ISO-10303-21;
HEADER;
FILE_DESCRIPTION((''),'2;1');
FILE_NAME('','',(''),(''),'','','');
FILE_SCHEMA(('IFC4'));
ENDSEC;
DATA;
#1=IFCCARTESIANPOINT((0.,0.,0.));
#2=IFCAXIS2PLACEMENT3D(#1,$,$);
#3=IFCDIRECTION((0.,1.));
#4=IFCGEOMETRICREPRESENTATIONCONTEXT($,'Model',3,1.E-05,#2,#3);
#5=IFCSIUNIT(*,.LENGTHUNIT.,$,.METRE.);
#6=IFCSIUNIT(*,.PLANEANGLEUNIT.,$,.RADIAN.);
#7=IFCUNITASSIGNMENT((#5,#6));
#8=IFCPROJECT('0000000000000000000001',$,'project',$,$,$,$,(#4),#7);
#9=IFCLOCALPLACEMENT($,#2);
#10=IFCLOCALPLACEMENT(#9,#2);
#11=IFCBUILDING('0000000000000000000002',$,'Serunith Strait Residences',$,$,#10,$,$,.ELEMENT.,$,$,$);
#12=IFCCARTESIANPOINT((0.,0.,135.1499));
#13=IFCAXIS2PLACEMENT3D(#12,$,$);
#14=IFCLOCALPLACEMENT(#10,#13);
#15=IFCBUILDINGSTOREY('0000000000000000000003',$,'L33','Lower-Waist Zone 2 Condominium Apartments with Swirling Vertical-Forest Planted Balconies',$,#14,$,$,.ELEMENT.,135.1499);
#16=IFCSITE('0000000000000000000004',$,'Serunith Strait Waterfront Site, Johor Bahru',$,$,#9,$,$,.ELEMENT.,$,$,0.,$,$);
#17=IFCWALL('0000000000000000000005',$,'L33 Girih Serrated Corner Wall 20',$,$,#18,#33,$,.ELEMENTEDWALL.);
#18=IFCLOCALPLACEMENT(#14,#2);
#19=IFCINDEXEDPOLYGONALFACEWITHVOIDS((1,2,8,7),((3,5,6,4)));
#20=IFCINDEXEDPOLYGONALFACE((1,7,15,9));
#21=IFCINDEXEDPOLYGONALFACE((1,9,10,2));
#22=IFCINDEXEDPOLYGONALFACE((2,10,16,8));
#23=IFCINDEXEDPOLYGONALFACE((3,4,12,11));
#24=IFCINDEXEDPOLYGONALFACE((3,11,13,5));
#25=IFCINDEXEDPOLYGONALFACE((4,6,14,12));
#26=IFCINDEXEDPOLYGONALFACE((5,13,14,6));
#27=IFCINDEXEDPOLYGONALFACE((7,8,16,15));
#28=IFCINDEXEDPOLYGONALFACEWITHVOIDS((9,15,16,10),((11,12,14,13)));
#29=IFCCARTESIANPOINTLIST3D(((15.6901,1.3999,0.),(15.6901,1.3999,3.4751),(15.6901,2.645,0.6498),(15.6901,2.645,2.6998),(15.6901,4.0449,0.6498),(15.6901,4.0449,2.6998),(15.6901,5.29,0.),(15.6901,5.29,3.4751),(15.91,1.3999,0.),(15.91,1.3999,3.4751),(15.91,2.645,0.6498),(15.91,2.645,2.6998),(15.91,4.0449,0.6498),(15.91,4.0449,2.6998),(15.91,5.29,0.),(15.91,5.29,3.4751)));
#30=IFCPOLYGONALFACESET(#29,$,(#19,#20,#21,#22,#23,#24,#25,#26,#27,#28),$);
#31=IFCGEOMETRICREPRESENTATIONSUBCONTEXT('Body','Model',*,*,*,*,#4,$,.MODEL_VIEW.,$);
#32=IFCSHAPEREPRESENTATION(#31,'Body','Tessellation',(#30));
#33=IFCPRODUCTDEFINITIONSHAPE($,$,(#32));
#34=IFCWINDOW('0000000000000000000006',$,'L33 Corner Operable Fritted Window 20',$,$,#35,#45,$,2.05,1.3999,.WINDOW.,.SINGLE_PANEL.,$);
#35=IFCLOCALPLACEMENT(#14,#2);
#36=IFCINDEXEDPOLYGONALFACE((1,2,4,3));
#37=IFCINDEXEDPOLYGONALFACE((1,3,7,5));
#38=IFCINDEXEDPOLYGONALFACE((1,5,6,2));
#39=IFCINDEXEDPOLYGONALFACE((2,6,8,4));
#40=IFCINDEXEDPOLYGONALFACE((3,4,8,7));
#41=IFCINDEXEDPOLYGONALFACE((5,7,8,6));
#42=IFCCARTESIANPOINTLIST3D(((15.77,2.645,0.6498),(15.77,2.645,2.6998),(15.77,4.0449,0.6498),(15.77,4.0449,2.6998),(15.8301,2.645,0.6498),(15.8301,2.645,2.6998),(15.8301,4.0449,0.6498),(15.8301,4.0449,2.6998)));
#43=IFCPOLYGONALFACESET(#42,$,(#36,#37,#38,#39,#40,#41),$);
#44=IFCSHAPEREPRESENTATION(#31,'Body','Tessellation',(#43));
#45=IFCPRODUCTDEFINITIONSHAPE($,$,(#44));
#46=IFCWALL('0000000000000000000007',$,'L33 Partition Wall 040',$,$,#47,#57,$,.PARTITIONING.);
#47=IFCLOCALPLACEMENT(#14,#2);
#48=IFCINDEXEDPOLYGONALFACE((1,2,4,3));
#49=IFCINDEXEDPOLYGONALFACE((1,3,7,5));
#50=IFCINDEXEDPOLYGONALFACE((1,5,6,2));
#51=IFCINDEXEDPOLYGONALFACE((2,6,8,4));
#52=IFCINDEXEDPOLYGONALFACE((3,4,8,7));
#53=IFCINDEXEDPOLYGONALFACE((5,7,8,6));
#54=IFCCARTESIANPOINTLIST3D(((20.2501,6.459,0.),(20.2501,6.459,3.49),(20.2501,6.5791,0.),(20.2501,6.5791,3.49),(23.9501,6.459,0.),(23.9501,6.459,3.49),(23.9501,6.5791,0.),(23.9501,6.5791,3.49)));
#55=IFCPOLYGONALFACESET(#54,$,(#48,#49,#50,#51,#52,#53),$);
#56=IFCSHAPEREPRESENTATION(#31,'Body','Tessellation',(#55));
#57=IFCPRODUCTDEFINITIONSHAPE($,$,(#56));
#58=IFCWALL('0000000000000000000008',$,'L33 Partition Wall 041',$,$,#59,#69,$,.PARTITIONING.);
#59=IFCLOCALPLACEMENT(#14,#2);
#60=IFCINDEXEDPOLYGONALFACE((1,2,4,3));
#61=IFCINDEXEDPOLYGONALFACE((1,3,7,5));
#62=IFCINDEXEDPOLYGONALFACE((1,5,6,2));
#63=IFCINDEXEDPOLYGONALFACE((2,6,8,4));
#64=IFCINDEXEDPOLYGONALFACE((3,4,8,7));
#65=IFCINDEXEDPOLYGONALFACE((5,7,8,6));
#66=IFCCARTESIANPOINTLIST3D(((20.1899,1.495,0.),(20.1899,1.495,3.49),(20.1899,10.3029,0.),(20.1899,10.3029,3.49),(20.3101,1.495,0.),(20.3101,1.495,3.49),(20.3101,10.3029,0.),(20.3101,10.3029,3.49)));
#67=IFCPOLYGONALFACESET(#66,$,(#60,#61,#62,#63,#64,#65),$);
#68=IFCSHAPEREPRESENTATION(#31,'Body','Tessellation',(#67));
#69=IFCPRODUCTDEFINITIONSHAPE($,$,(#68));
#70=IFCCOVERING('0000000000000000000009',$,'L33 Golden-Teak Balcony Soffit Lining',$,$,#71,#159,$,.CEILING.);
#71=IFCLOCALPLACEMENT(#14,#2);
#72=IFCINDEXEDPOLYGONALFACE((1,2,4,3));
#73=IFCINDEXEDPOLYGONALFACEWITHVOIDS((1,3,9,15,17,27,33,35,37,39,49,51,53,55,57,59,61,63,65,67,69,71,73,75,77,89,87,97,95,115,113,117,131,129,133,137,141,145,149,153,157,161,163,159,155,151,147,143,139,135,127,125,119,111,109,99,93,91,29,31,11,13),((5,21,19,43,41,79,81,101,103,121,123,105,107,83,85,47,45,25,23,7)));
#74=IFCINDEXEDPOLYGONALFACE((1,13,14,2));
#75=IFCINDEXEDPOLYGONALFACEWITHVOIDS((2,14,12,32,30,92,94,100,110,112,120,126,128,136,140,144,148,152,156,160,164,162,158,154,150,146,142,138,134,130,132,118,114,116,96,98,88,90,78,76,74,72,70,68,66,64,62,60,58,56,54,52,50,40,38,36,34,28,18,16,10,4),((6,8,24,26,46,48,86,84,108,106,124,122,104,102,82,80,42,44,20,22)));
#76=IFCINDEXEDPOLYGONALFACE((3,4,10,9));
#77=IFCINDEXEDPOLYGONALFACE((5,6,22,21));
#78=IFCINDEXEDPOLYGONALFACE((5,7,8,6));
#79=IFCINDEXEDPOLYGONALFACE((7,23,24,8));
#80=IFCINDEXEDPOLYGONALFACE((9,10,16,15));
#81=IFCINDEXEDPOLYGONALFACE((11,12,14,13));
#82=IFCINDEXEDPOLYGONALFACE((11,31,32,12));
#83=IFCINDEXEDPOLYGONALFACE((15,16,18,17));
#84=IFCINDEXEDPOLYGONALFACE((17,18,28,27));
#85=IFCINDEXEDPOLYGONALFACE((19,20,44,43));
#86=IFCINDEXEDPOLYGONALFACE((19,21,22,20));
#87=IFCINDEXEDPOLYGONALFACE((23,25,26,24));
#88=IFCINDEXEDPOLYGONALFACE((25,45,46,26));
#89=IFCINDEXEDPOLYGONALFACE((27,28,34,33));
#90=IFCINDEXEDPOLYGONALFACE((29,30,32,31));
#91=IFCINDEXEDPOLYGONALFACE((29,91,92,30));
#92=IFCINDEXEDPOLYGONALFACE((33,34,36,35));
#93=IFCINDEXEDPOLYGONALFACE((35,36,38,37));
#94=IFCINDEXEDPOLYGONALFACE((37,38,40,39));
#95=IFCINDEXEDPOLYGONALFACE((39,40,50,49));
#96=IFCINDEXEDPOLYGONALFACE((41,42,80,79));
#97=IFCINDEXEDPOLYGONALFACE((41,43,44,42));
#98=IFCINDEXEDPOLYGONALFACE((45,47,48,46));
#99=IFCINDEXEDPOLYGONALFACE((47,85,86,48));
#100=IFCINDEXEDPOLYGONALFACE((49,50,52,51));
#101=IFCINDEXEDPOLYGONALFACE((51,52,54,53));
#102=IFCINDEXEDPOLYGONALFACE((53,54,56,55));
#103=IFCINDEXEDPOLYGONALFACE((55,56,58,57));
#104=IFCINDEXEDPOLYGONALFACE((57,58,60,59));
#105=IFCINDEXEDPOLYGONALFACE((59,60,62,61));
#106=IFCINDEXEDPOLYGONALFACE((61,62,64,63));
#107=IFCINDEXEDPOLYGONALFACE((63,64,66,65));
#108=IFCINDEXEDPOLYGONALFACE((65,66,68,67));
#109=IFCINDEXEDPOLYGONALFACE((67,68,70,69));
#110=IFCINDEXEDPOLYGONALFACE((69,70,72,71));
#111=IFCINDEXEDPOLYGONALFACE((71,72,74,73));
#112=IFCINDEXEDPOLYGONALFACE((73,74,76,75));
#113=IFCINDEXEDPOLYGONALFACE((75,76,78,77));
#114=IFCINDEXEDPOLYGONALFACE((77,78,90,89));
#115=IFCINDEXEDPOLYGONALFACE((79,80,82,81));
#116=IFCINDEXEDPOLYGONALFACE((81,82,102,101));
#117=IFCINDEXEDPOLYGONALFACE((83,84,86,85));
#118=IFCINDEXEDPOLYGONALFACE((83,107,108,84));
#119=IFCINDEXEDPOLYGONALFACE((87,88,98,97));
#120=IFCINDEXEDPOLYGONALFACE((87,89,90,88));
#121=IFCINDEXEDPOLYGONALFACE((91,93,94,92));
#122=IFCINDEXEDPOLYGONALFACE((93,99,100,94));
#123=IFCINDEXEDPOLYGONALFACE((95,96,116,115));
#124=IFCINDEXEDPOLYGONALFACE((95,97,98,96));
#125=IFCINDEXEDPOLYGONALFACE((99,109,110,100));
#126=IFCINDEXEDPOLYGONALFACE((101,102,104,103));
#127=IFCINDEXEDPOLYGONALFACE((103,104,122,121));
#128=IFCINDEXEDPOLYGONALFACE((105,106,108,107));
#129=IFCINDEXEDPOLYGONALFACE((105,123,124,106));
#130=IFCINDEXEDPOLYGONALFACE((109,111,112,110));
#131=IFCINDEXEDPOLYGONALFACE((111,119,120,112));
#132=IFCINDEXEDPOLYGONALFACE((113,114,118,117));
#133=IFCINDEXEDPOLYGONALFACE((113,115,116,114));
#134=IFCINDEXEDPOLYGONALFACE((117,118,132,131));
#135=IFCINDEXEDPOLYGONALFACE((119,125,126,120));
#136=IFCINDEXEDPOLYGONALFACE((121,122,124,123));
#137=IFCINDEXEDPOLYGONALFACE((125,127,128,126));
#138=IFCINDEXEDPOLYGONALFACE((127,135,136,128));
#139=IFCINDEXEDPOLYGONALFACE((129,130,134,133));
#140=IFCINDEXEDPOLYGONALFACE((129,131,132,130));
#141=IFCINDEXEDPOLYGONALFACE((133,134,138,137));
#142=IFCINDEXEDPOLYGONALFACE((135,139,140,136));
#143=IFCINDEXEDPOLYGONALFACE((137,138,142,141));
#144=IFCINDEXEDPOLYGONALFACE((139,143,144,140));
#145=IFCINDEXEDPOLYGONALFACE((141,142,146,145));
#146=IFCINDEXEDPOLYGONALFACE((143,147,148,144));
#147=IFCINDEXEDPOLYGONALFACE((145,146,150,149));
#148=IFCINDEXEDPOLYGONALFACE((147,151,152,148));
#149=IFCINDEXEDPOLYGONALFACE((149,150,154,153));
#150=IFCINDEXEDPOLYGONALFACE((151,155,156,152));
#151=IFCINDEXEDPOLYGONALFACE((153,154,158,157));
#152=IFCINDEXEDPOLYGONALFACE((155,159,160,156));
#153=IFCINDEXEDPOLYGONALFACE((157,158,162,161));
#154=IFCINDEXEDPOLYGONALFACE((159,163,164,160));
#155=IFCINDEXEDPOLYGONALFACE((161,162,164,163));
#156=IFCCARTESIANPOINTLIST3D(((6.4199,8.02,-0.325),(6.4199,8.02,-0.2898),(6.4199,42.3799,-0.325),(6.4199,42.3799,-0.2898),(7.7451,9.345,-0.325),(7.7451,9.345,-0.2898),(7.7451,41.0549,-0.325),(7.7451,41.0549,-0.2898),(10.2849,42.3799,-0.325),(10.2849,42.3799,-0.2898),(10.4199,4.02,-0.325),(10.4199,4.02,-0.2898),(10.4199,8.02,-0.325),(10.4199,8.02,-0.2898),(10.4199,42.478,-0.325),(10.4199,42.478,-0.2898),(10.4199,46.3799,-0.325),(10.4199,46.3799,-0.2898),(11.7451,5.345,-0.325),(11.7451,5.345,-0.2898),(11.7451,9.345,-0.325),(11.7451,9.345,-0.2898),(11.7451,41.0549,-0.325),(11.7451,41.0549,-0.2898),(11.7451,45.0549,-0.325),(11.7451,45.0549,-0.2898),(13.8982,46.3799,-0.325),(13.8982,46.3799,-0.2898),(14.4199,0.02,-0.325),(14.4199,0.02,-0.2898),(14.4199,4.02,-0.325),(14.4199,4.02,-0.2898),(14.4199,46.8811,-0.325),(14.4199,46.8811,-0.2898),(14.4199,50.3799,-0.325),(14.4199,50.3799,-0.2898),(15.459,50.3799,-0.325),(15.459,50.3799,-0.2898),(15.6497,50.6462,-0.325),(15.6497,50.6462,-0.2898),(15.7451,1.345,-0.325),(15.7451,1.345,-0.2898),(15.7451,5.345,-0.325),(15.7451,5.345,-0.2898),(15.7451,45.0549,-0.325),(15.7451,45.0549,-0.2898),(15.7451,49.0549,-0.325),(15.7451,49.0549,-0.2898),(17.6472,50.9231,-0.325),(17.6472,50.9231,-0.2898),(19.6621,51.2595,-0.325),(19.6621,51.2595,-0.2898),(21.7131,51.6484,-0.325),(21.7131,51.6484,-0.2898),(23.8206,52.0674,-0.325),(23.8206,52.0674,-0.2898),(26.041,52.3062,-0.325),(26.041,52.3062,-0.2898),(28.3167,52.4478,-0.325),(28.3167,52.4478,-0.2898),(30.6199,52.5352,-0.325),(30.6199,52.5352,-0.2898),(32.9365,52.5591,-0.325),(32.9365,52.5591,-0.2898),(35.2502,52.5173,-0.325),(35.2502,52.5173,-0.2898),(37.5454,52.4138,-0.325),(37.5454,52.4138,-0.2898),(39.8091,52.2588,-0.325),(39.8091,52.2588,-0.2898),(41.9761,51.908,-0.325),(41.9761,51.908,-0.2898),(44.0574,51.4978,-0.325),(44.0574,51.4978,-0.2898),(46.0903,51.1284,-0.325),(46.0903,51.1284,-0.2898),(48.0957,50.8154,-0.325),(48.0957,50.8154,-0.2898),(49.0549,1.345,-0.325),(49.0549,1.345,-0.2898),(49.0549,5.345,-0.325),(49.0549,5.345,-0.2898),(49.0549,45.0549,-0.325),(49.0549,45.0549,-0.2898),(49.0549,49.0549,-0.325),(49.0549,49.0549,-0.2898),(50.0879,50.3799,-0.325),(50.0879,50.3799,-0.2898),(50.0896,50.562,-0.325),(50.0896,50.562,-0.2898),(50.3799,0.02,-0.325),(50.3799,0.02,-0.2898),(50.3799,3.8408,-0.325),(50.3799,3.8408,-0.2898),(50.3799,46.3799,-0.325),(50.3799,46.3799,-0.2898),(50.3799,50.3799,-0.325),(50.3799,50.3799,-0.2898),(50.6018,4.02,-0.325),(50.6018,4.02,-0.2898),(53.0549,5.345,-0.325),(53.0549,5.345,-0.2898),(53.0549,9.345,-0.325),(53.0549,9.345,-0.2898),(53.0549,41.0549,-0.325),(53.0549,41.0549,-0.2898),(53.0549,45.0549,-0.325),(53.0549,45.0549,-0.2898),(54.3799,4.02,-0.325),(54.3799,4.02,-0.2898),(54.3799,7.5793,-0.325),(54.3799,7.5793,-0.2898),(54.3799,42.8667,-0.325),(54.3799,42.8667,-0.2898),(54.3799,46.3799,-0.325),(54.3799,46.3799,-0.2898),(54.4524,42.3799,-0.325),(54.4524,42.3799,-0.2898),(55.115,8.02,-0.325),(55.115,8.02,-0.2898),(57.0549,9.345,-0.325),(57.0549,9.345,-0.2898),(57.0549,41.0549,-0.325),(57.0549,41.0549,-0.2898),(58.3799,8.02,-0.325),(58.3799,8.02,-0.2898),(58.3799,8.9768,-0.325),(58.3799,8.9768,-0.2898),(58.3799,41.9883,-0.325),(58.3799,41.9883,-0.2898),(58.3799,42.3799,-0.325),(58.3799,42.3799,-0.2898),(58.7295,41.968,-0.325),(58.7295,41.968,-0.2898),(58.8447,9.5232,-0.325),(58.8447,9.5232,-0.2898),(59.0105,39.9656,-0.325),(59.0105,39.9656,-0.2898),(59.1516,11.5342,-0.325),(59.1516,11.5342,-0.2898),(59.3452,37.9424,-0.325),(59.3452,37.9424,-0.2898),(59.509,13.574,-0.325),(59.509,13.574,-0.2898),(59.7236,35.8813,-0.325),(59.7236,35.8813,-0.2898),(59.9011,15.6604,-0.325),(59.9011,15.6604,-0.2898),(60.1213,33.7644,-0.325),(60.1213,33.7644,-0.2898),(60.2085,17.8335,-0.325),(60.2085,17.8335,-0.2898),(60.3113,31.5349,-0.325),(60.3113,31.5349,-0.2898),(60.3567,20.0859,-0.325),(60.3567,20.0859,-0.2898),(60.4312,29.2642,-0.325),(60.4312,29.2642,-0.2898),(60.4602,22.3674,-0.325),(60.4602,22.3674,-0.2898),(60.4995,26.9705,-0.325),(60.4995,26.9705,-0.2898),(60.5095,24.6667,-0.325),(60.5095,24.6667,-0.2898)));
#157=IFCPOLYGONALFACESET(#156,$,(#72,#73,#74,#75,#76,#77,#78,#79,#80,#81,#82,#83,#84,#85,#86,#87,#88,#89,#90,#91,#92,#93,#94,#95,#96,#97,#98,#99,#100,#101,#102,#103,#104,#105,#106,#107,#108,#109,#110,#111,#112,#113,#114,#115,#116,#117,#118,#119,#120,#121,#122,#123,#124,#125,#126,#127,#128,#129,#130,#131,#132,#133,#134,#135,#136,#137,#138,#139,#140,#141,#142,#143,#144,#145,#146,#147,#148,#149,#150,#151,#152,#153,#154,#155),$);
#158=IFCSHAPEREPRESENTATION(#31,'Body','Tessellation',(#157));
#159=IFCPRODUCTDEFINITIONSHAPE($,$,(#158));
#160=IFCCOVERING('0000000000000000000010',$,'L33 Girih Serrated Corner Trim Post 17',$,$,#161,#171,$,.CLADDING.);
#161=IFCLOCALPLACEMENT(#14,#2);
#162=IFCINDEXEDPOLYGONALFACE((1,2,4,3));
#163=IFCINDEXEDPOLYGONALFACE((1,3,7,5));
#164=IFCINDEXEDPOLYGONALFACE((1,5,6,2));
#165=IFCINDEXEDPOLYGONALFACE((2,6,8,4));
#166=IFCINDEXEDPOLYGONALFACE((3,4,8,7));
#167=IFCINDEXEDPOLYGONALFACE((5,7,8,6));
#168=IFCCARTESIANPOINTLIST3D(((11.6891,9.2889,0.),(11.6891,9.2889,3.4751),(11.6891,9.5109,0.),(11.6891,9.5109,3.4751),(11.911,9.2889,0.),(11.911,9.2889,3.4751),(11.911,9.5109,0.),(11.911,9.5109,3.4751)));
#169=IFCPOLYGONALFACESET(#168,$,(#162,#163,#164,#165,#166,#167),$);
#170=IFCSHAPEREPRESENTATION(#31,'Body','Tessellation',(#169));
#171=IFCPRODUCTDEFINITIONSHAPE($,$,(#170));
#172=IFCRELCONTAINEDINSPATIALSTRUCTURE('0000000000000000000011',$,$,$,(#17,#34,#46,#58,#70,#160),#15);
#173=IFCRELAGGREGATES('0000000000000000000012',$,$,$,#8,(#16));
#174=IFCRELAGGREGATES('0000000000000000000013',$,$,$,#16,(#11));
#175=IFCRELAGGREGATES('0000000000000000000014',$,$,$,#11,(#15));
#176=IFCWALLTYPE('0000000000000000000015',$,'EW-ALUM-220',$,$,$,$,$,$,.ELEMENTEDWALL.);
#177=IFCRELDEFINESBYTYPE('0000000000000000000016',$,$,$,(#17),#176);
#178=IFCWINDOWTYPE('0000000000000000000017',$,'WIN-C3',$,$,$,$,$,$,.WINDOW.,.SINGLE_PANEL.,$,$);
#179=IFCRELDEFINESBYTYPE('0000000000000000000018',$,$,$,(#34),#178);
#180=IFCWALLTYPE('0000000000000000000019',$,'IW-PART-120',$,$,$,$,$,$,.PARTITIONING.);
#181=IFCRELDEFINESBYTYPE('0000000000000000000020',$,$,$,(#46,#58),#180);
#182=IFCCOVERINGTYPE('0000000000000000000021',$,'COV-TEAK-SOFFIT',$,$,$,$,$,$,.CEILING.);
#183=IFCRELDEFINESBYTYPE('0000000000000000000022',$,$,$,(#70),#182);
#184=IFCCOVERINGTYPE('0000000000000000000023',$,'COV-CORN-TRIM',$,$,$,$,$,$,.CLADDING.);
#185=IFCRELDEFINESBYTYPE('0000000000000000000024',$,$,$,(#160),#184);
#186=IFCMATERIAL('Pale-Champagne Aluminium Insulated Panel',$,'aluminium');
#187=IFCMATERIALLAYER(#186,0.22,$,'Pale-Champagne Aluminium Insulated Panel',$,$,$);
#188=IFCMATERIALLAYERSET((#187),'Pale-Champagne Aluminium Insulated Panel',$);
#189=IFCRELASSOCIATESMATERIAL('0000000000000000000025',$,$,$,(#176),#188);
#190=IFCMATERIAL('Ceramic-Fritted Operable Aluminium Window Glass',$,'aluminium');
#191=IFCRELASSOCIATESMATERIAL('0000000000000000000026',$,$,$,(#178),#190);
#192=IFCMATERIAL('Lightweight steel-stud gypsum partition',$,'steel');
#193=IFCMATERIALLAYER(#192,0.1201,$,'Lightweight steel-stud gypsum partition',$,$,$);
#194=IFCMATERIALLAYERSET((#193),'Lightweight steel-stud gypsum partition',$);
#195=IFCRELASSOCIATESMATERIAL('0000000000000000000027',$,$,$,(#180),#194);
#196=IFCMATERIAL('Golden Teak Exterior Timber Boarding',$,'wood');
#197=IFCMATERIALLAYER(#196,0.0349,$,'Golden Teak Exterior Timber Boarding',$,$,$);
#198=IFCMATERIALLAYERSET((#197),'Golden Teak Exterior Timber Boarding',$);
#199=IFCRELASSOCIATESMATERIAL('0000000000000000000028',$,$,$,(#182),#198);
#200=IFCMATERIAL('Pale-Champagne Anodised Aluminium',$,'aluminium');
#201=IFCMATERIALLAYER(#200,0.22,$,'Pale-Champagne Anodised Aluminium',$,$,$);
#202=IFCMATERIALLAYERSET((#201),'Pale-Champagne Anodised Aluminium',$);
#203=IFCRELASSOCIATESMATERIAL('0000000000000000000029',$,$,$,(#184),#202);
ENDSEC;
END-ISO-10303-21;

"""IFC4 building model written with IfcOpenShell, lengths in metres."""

from ifc_helpers import new_model, si_unit, direction, frame, frame_2d, origin, origin_2d, place, context, subcontext, project, spatial, polyline, rectangle, outline, extrude, source, transform, mapped, material, layer, layer_set, type_object, element, fill, save


model = new_model("IFC4")

# Units and contexts
model_context = context("Model", 3, precision=1e-05, world=origin(), true_north=direction((0.0, 1.0)))
body_context = subcontext(model_context, "Body", "Model", "MODEL_VIEW")
ifc_project = project(units=[si_unit("LENGTHUNIT", "METRE"), si_unit("PLANEANGLEUNIT", "RADIAN")], contexts=[model_context])

# Site, building, storey
site_placement = place(None, origin())
site = spatial("IfcSite", under=ifc_project, at=site_placement, Name="Serunith Strait Waterfront Site, Johor Bahru", CompositionType="ELEMENT", RefElevation=0.0)
building_placement = place(site_placement, origin())
building = spatial("IfcBuilding", under=site, at=building_placement, Name="Serunith Strait Residences", CompositionType="ELEMENT")
storey_placement = place(building_placement, frame((0.0, 0.0, 135.1499)))
storey = spatial("IfcBuildingStorey", under=building, at=storey_placement, Name="L33", Description="Lower-Waist Zone 2 Condominium Apartments with Swirling Vertical-Forest Planted Balconies", CompositionType="ELEMENT", Elevation=135.1499)

# Shared definitions
ifc_material_1 = material(Name="Pale-Champagne Anodised Aluminium", Category="aluminium")

# Wall, opening, window
ifc_material_2 = material(Name="Pale-Champagne Aluminium Insulated Panel", Category="aluminium")
ifc_layer_1 = layer(ifc_material_2, 0.22, Name="Pale-Champagne Aluminium Insulated Panel")
ifc_layer_set_1 = layer_set([ifc_layer_1], Name="Pale-Champagne Aluminium Insulated Panel")
wall_type_1 = type_object("IfcWallType", Name="EW-ALUM-220", PredefinedType="ELEMENTEDWALL", material=ifc_layer_set_1)
ifc_material_3 = material(Name="Ceramic-Fritted Operable Aluminium Window Glass", Category="aluminium")
window_type = type_object("IfcWindowType", Name="WIN-C3", PartitioningType="SINGLE_PANEL", PredefinedType="WINDOW", material=ifc_material_3)
shared_shape_1 = source(origin(), body_context, "Body", "SweptSolid", [
    extrude(rectangle(XDim=1.3999, YDim=2.05, at=frame_2d((0.7, 1.0249))), frame((0.0, 0.03, 0.0), z_axis=(0.0, -1.0, 0.0), x_axis=(1.0, 0.0, 0.0)), (0.0, 0.0, 1.0), 0.0601),
])
wall_1_placement = place(storey_placement, frame((15.8, 5.29, 0.0), z_axis=(0.0, 0.0, 1.0), x_axis=(0.0, -1.0, 0.0)))
wall_1 = element("IfcWall", 1, at=wall_1_placement, inside=storey, type_object=wall_type_1, Name="L33 Girih Serrated Corner Wall 20", PredefinedType="ELEMENTEDWALL", context=body_context, shape_type="SweptSolid", body=[
    extrude(rectangle(XDim=3.8901, YDim=0.22, at=frame_2d((1.9451, 0.0))), origin(), (0.0, 0.0, 1.0), 3.4751),
])
opening_1_placement = place(wall_1_placement, frame((1.2451, 0.0, 0.6499)))
opening_1 = element("IfcOpeningElement", 2, at=opening_1_placement, cuts=wall_1, PredefinedType="OPENING", context=body_context, shape_type="SweptSolid", body=[
    extrude(rectangle(XDim=1.3999, YDim=2.05, at=frame_2d((0.7, 1.0249))), frame((0.0, 0.1201, 0.0), z_axis=(0.0, -1.0, 0.0), x_axis=(1.0, 0.0, 0.0)), (0.0, 0.0, 1.0), 0.24),
])
window_1_placement = place(opening_1_placement, origin())
window_1 = element("IfcWindow", 3, at=window_1_placement, inside=storey, type_object=window_type, Name="L33 Corner Operable Fritted Window 20", OverallHeight=2.05, OverallWidth=1.3999, PartitioningType="SINGLE_PANEL", PredefinedType="WINDOW", context=body_context, shape_type="MappedRepresentation", body=[
    mapped(shared_shape_1, transform((0.0, 0.0, 0.0), scale=1.0)),
])
fill(opening_1, window_1)

# Walls
ifc_material_4 = material(Name="Lightweight steel-stud gypsum partition", Category="steel")
ifc_layer_2 = layer(ifc_material_4, 0.1201, Name="Lightweight steel-stud gypsum partition")
ifc_layer_set_2 = layer_set([ifc_layer_2], Name="Lightweight steel-stud gypsum partition")
wall_type_2 = type_object("IfcWallType", Name="IW-PART-120", PredefinedType="PARTITIONING", material=ifc_layer_set_2)
wall_2_placement = place(storey_placement, frame((20.25, 6.519, 0.0), z_axis=(0.0, 0.0, 1.0), x_axis=(1.0, 0.0, 0.0)))
element("IfcWall", 4, at=wall_2_placement, inside=storey, type_object=wall_type_2, Name="L33 Partition Wall 040", PredefinedType="PARTITIONING", context=body_context, shape_type="SweptSolid", body=[
    extrude(rectangle(XDim=3.7, YDim=0.1201, at=frame_2d((1.8501, 0.0))), origin(), (0.0, 0.0, 1.0), 3.49),
])
wall_3_placement = place(storey_placement, frame((20.25, 1.4951, 0.0), z_axis=(0.0, 0.0, 1.0), x_axis=(0.0, 1.0, 0.0)))
element("IfcWall", 5, at=wall_3_placement, inside=storey, type_object=wall_type_2, Name="L33 Partition Wall 041", PredefinedType="PARTITIONING", context=body_context, shape_type="SweptSolid", body=[
    extrude(rectangle(XDim=8.8079, YDim=0.1201, at=frame_2d((4.4038, 0.0))), origin(), (0.0, 0.0, 1.0), 3.49),
])

# Covering
ifc_material_5 = material(Name="Golden Teak Exterior Timber Boarding", Category="wood")
ifc_layer_3 = layer(ifc_material_5, 0.0349, Name="Golden Teak Exterior Timber Boarding")
ifc_layer_set_3 = layer_set([ifc_layer_3], Name="Golden Teak Exterior Timber Boarding")
covering_type_1 = type_object("IfcCoveringType", Name="COV-TEAK-SOFFIT", PredefinedType="CEILING", material=ifc_layer_set_3)
covering_placement = place(storey_placement, frame((0.0, 0.0, -0.325)))
element("IfcCovering", 6, at=covering_placement, inside=storey, type_object=covering_type_1, Name="L33 Golden-Teak Balcony Soffit Lining", PredefinedType="CEILING", context=body_context, shape_type="SweptSolid", body=[
    extrude(outline(polyline([(10.4199, 46.3799), (13.8982, 46.3799), (14.4199, 46.8811), (14.4199, 50.3799), (15.459, 50.3799), (15.6497, 50.6462), (17.6472, 50.9231), (19.6621, 51.2595), (21.7131, 51.6484), (23.8206, 52.0674), (26.041, 52.3062), (28.3167, 52.4478), (30.6199, 52.5352), (32.9365, 52.5591), (35.2502, 52.5173), (37.5454, 52.4138), (39.8091, 52.2588), (41.9761, 51.908), (44.0574, 51.4978), (46.0903, 51.1284), (48.0957, 50.8154), (50.0896, 50.562), (50.0879, 50.3799), (50.3799, 50.3799), (50.3799, 46.3799), (54.3799, 46.3799), (54.3799, 42.8667), (54.4524, 42.3799), (58.3799, 42.3799), (58.3799, 41.9883), (58.7295, 41.968), (59.0105, 39.9656), (59.3452, 37.9424), (59.7236, 35.8813), (60.1213, 33.7644), (60.3113, 31.5349), (60.4312, 29.2642), (60.4995, 26.9705), (60.5095, 24.6667), (60.4602, 22.3674), (60.3567, 20.0859), (60.2085, 17.8335), (59.9011, 15.6604), (59.509, 13.574), (59.1516, 11.5342), (58.8447, 9.5232), (58.3799, 8.9768), (58.3799, 8.02), (55.115, 8.02), (54.3799, 7.5793), (54.3799, 4.02), (50.6018, 4.02), (50.3799, 3.8408), (50.3799, 0.02), (14.4199, 0.02), (14.4199, 4.02), (10.4199, 4.02), (10.4199, 8.02), (6.4199, 8.02), (6.4199, 42.3799), (10.2849, 42.3799), (10.4199, 42.478), (10.4199, 46.3799)]), holes=[polyline([(49.0549, 1.345), (49.0549, 5.345), (53.0549, 5.345), (53.0549, 9.345), (57.0549, 9.345), (57.0549, 41.0549), (53.0549, 41.0549), (53.0549, 45.0549), (49.0549, 45.0549), (49.0549, 49.0549), (15.7451, 49.0549), (15.7451, 45.0549), (11.7451, 45.0549), (11.7451, 41.0549), (7.7451, 41.0549), (7.7451, 9.345), (11.7451, 9.345), (11.7451, 5.345), (15.7451, 5.345), (15.7451, 1.345), (49.0549, 1.345)])]), origin(), (0.0, 0.0, 1.0), 0.0352),
])

# Covering
ifc_layer_4 = layer(ifc_material_1, 0.22, Name="Pale-Champagne Anodised Aluminium")
ifc_layer_set_4 = layer_set([ifc_layer_4], Name="Pale-Champagne Anodised Aluminium")
covering_type_2 = type_object("IfcCoveringType", Name="COV-CORN-TRIM", PredefinedType="CLADDING", material=ifc_layer_set_4)
shared_shape_2 = source(origin(), body_context, "Body", "SweptSolid", [
    extrude(rectangle(XDim=0.2219, YDim=0.2219, at=origin_2d()), origin(), (0.0, 0.0, 1.0), 3.4751),
])
for number, where, z_axis, x_axis, name in (
    (7, (11.8, 9.3999, 0.0), (0.0, 0.0, 1.0), (1.0, 0.0, 0.0), "L33 Girih Serrated Corner Trim Post 17"),
):
    element("IfcCovering", number, at=place(storey_placement, frame(where, z_axis=z_axis, x_axis=x_axis)), inside=storey, type_object=covering_type_2, Name=name, PredefinedType="CLADDING", context=body_context, shape_type="MappedRepresentation", body=[
        mapped(shared_shape_2, transform((0.0, 0.0, 0.0), scale=1.0)),
    ])

save(model, "model.ifc")
